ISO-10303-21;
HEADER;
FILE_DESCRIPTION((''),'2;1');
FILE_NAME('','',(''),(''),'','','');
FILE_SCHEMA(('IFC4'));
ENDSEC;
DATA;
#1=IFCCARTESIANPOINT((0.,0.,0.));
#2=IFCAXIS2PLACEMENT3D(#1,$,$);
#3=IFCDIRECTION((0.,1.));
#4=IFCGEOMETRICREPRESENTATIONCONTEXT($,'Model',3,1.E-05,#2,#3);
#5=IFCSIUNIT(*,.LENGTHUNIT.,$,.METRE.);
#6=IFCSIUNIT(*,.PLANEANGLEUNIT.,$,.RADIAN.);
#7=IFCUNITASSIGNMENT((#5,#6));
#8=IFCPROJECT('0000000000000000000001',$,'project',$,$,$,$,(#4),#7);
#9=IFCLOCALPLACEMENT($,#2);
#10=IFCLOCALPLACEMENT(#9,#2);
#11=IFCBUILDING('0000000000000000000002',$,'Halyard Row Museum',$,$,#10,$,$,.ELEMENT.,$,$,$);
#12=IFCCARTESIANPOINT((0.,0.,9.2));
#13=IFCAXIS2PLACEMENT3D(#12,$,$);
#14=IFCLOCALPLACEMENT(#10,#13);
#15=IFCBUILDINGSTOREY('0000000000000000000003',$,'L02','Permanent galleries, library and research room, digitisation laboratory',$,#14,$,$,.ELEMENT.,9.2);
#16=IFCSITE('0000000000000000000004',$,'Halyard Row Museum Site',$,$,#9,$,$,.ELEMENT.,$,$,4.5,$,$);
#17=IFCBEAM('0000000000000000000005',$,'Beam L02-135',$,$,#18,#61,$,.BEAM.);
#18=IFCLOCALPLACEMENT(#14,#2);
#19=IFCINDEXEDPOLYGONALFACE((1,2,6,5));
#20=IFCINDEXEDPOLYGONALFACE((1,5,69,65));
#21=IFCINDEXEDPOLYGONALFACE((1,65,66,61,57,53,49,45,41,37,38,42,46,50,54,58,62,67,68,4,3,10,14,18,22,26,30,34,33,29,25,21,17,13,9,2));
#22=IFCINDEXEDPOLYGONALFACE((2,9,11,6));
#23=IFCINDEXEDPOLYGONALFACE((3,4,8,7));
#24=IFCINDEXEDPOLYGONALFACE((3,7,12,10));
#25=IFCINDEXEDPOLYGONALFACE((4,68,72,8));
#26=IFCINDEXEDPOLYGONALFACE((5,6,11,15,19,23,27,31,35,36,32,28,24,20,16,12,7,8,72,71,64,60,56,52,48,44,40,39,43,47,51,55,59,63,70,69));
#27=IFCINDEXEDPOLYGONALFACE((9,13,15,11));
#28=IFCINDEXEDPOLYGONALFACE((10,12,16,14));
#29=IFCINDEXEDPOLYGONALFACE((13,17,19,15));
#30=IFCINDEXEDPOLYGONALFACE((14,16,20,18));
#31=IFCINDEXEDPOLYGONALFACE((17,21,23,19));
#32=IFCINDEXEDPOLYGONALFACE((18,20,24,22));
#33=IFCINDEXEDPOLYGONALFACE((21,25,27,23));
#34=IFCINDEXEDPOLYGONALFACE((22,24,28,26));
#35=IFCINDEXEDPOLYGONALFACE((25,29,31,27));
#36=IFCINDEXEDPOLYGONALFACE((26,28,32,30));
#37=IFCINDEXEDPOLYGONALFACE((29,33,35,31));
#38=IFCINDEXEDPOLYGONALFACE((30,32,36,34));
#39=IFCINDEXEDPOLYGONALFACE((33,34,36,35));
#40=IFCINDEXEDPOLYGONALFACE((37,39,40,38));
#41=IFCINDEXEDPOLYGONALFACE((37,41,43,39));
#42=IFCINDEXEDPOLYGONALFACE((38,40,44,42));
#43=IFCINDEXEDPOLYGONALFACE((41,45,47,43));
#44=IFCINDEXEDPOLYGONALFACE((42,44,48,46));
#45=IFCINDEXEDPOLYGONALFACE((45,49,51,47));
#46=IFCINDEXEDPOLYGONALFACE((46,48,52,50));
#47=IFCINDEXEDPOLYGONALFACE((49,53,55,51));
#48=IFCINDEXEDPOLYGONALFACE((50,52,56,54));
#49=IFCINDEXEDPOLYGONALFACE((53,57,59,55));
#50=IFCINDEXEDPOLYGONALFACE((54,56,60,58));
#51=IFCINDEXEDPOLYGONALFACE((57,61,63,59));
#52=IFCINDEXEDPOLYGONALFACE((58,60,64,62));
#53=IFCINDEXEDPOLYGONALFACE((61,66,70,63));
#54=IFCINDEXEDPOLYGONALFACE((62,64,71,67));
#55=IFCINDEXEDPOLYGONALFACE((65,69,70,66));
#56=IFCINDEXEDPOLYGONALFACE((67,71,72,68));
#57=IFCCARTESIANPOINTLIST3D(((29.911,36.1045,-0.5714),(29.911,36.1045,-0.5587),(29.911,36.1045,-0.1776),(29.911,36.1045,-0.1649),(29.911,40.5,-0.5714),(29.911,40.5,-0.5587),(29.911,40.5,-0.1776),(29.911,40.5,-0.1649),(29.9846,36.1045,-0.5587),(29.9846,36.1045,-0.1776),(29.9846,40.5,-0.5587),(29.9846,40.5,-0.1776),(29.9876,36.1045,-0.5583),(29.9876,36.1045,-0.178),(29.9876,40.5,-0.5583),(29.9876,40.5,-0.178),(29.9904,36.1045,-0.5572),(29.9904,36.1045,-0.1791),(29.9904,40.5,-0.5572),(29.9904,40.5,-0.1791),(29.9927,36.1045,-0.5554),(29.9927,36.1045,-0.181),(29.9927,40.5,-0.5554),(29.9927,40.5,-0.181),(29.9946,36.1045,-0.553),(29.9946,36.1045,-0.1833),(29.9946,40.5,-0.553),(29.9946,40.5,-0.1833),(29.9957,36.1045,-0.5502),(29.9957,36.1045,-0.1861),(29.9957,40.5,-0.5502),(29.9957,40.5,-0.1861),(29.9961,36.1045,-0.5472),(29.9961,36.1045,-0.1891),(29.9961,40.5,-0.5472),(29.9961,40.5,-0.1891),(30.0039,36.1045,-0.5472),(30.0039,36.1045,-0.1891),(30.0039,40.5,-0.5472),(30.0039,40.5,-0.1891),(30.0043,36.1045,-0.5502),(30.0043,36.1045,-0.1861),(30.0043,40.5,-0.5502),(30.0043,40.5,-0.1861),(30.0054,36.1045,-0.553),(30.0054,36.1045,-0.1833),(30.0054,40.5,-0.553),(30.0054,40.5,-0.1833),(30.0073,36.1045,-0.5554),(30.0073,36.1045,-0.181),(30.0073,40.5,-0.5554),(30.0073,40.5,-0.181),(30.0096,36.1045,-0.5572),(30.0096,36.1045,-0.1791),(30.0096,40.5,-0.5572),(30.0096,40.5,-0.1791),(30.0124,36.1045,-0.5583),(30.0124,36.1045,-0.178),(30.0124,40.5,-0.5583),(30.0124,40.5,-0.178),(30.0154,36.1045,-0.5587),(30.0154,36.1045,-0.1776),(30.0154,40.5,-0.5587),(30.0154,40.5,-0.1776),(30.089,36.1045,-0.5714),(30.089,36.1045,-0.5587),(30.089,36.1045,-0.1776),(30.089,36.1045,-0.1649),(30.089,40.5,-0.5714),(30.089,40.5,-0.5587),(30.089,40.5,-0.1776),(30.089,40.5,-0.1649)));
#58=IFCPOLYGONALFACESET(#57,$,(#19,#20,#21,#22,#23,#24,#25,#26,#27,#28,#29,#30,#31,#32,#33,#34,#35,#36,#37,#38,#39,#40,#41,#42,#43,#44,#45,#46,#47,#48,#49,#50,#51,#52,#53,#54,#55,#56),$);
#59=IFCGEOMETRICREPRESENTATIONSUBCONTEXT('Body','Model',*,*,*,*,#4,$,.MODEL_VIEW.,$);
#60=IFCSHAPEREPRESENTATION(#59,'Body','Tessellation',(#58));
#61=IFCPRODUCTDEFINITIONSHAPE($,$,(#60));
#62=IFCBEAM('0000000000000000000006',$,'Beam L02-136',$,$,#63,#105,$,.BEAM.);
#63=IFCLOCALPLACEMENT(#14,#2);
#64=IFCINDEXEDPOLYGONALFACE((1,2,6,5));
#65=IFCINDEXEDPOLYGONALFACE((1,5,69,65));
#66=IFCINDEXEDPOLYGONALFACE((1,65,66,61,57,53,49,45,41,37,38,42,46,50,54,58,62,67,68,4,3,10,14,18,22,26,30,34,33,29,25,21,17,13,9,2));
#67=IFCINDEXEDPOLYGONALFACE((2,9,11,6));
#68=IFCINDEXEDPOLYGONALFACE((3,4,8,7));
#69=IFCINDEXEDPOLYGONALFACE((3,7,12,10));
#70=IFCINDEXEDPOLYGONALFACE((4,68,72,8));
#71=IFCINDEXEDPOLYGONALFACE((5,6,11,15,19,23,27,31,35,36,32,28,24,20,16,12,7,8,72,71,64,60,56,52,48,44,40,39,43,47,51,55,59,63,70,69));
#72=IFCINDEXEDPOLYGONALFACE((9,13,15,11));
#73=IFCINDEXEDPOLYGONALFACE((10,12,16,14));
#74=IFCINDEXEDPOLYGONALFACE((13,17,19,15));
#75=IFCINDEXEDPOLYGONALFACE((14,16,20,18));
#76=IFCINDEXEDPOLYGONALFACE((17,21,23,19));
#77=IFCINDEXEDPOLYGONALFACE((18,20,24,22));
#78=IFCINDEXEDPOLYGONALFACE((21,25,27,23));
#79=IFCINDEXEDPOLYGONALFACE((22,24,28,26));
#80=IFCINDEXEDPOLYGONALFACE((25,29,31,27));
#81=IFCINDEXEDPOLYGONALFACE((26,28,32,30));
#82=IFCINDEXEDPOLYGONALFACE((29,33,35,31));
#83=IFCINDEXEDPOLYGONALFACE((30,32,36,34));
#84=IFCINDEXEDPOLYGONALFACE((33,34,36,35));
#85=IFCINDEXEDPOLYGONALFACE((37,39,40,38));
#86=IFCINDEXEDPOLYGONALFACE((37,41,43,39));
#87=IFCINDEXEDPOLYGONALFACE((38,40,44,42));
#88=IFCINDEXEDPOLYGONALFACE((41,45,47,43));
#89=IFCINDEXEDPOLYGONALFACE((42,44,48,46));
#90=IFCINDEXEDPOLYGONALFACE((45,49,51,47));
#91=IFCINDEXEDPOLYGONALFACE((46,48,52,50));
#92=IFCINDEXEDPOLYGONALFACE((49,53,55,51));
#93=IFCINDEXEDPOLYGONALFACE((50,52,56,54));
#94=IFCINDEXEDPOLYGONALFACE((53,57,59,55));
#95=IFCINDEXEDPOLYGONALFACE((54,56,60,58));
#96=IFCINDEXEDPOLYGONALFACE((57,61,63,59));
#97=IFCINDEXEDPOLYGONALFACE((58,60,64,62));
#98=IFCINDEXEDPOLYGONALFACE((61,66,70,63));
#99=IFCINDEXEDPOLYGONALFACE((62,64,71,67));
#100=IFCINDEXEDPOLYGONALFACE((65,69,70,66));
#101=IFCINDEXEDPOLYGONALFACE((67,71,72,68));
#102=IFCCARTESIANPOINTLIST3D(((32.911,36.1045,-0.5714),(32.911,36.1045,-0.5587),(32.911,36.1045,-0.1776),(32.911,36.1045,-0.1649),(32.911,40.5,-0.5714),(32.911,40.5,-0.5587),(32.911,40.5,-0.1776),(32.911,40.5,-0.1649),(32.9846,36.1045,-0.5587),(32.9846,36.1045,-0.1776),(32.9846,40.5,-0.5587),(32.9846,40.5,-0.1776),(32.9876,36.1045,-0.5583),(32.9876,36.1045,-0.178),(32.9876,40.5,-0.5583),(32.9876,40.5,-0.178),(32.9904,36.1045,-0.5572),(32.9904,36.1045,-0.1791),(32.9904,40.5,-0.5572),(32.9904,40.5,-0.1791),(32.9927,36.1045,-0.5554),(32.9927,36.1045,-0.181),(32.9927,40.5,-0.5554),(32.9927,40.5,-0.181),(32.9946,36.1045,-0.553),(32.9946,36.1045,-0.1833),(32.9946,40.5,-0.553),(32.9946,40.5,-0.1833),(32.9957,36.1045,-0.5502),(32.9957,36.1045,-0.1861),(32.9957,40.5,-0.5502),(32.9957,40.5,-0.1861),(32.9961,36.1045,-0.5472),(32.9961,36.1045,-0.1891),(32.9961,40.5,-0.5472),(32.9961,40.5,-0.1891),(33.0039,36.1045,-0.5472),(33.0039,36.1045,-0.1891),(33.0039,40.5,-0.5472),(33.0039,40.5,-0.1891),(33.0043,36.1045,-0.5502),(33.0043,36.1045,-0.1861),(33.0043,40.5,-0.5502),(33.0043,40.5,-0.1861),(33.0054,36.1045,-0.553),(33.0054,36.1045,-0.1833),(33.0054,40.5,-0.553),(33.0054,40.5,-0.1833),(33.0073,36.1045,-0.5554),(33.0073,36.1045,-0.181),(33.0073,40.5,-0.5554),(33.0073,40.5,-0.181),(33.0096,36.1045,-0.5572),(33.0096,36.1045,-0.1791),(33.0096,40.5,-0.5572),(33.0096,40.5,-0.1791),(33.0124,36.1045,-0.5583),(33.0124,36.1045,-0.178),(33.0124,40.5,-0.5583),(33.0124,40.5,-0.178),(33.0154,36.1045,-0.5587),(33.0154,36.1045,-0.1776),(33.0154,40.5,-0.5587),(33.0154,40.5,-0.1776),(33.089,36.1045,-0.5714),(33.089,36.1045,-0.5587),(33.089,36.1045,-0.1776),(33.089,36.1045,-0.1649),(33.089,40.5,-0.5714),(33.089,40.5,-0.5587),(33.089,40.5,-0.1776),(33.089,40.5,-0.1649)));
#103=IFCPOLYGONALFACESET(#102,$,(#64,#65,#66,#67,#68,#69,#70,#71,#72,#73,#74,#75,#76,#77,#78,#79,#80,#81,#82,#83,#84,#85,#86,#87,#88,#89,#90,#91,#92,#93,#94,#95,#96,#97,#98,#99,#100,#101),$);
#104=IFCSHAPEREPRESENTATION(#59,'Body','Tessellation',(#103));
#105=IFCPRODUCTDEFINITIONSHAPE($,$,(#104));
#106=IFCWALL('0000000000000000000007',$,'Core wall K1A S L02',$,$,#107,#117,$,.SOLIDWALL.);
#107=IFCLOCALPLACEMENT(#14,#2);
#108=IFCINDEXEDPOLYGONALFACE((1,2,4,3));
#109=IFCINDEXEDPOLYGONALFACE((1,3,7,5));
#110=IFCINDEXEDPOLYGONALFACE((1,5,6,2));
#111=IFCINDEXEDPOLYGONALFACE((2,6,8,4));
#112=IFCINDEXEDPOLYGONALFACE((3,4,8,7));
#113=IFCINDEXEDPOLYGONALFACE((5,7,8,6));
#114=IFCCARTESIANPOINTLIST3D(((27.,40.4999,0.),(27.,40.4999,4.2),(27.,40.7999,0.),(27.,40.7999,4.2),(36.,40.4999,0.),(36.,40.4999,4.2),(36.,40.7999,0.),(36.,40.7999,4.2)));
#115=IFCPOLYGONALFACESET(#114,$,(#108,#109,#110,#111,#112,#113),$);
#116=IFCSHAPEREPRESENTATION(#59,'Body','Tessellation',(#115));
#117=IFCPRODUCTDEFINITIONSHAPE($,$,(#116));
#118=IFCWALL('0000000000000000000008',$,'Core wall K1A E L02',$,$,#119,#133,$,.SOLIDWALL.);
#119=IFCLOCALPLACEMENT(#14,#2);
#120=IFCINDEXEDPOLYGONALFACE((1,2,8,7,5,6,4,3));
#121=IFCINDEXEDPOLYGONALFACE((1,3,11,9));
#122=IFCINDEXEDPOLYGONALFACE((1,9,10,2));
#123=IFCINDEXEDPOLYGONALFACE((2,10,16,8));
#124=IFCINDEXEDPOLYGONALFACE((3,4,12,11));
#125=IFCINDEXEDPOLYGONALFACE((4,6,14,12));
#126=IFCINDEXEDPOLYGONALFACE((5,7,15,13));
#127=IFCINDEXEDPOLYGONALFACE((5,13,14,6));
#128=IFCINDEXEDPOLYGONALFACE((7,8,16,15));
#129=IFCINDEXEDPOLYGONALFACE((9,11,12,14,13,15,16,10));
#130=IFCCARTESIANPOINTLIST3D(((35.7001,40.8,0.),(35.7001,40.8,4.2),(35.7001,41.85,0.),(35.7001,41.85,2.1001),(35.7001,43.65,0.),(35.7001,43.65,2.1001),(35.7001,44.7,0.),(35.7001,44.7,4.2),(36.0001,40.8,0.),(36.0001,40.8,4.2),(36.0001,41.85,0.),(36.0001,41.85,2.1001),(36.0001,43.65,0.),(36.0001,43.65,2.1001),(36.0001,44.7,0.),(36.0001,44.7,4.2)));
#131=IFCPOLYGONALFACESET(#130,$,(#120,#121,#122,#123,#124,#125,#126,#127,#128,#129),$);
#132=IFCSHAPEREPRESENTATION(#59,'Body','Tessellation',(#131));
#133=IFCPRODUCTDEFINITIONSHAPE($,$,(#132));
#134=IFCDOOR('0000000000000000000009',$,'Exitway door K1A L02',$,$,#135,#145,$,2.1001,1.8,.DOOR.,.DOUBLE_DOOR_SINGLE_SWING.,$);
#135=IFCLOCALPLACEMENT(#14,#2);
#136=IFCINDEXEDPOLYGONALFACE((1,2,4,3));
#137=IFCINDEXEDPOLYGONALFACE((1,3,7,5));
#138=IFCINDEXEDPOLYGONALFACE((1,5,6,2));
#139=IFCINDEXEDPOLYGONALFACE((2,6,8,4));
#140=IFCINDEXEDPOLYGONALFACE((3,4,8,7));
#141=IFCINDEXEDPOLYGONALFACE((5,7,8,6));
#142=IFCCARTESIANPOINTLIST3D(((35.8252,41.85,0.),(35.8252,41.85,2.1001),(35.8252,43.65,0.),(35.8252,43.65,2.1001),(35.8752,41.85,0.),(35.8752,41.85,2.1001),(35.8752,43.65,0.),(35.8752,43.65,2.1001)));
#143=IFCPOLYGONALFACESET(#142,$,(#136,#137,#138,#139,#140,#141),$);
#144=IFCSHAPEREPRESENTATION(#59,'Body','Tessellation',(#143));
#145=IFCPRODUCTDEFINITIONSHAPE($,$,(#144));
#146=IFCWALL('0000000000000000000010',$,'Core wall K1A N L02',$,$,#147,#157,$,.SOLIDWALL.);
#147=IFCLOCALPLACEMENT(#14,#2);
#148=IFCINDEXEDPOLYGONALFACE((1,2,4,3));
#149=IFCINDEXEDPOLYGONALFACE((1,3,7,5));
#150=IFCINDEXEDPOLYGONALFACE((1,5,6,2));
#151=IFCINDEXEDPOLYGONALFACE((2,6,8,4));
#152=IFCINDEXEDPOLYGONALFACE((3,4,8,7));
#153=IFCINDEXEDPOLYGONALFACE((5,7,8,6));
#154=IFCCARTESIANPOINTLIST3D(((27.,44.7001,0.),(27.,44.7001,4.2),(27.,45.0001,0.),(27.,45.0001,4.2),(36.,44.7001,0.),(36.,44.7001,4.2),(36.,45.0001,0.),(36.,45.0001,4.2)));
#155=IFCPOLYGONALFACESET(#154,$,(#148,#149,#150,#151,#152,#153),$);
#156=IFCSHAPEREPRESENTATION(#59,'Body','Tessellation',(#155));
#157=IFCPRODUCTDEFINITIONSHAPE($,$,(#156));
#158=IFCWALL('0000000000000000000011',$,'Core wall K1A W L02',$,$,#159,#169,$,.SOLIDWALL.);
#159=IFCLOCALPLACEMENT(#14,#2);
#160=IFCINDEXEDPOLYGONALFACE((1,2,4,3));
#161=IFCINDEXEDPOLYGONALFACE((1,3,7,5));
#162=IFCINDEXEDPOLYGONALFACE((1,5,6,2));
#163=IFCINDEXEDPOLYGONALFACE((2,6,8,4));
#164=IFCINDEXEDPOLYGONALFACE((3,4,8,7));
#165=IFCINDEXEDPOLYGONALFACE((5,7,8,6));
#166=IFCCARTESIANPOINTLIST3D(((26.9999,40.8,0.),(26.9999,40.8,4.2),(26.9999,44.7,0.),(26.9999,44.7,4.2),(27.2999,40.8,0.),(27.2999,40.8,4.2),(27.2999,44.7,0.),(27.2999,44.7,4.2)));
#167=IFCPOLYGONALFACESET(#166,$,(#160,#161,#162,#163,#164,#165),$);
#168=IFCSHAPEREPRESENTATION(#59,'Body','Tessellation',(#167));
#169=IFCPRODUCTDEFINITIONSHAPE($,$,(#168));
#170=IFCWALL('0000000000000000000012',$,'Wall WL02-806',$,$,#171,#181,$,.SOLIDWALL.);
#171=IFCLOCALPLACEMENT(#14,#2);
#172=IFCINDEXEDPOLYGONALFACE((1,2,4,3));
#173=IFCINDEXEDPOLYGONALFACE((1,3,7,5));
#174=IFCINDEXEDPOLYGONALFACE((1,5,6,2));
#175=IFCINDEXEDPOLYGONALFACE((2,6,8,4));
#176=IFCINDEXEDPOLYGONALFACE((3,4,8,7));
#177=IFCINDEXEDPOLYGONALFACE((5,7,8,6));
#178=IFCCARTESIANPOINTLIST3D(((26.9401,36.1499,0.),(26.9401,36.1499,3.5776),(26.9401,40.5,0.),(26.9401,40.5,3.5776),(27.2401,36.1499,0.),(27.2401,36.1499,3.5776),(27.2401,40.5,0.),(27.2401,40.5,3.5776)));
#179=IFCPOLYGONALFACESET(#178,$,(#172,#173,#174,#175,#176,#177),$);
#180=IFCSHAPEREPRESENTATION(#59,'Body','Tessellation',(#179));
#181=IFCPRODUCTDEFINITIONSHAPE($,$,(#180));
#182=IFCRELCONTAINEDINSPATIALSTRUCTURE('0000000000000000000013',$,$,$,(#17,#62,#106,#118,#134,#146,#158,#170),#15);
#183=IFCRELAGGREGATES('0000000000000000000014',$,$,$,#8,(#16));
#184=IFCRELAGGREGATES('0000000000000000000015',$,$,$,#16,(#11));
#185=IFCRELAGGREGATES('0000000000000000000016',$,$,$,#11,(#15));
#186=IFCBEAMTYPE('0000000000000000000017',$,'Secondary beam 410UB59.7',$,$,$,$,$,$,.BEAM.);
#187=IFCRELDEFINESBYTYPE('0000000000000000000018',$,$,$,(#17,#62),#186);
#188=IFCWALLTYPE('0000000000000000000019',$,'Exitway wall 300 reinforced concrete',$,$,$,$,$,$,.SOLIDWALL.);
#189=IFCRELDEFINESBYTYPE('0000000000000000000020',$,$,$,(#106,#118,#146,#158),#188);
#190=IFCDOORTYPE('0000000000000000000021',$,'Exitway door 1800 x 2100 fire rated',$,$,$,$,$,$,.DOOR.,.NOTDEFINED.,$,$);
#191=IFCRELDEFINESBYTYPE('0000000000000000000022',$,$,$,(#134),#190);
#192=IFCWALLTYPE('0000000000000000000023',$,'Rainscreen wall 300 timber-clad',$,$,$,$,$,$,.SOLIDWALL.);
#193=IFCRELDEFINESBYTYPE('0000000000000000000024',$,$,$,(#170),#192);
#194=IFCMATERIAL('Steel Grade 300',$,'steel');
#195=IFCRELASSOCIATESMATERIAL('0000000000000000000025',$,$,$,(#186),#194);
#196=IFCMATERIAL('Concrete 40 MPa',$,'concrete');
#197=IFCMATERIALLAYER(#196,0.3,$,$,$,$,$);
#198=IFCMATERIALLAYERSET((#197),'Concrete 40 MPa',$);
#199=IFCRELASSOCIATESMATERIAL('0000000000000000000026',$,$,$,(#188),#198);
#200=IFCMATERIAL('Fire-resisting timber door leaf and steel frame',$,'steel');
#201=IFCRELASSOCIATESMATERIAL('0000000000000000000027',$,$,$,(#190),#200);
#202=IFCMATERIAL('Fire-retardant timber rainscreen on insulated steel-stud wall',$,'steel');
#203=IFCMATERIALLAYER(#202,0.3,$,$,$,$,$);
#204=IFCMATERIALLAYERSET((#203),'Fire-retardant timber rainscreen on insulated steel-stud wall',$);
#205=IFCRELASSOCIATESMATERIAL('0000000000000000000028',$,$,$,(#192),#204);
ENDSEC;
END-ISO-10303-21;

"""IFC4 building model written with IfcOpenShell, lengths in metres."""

from ifc_helpers import new_model, si_unit, direction, frame, frame_2d, origin, origin_2d, place, context, subcontext, project, spatial, rectangle, i_section, extrude, material, layer, layer_set, material_profile, profile_set, type_object, element, fill, save


model = new_model("IFC4")

# Units and contexts
model_context = context("Model", 3, precision=1e-05, world=origin(), true_north=direction((0.0, 1.0)))
body_context = subcontext(model_context, "Body", "Model", "MODEL_VIEW")
ifc_project = project(units=[si_unit("LENGTHUNIT", "METRE"), si_unit("PLANEANGLEUNIT", "RADIAN")], contexts=[model_context])

# Site, building, storey
site_placement = place(None, origin())
site = spatial("IfcSite", under=ifc_project, at=site_placement, Name="Halyard Row Museum Site", CompositionType="ELEMENT", RefElevation=4.5)
building_placement = place(site_placement, origin())
building = spatial("IfcBuilding", under=site, at=building_placement, Name="Halyard Row Museum", CompositionType="ELEMENT")
storey_placement = place(building_placement, frame((0.0, 0.0, 9.2)))
storey = spatial("IfcBuildingStorey", under=building, at=storey_placement, Name="L02", Description="Permanent galleries, library and research room, digitisation laboratory", CompositionType="ELEMENT", Elevation=9.2)

# Beams
ifc_material_1 = material(Name="Steel Grade 300", Category="steel")
ifc_material_profile_1 = material_profile(ifc_material_1, i_section(OverallWidth=0.178, OverallDepth=0.4065, WebThickness=0.0078, FlangeThickness=0.0127, FilletRadius=0.0115, at=origin_2d()), Name="410UB59.7")
ifc_profile_set_1 = profile_set([ifc_material_profile_1], Name="Steel Grade 300")
beam_type_1 = type_object("IfcBeamType", Name="Secondary beam 410UB59.7", PredefinedType="BEAM", material=ifc_profile_set_1)
for number, where, z_axis, x_axis, name in (
    (1, (30.0, 36.1045, -0.3682), (0.0, 1.0, 0.0), (-1.0, 0.0, 0.0), "Beam L02-135"),
    (2, (33.0, 36.1045, -0.3682), (0.0, 1.0, 0.0), (-1.0, 0.0, 0.0), "Beam L02-136"),
):
    element("IfcBeam", number, at=place(storey_placement, frame(where, z_axis=z_axis, x_axis=x_axis)), inside=storey, type_object=beam_type_1, Name=name, PredefinedType="BEAM", context=body_context, shape_type="SweptSolid", body=[
        extrude(i_section(OverallWidth=0.178, OverallDepth=0.4065, WebThickness=0.0078, FlangeThickness=0.0127, FilletRadius=0.0115, at=origin_2d()), origin(), (0.0, 0.0, 1.0), 4.3955),
    ])

# Wall
ifc_material_2 = material(Name="Concrete 40 MPa", Category="concrete")
ifc_layer_1 = layer(ifc_material_2, 0.3)
ifc_layer_set_1 = layer_set([ifc_layer_1], Name="Concrete 40 MPa")
wall_type_1 = type_object("IfcWallType", Name="Exitway wall 300 reinforced concrete", PredefinedType="SOLIDWALL", material=ifc_layer_set_1)
wall_1_placement = place(storey_placement, frame((27.0, 40.6499, 0.0), z_axis=(0.0, 0.0, 1.0), x_axis=(1.0, 0.0, 0.0)))
element("IfcWall", 3, at=wall_1_placement, inside=storey, type_object=wall_type_1, Name="Core wall K1A S L02", PredefinedType="SOLIDWALL", context=body_context, shape_type="SweptSolid", body=[
    extrude(rectangle(XDim=9.0, YDim=0.3, at=frame_2d((4.5, 0.0))), origin(), (0.0, 0.0, 1.0), 4.2),
])

# Wall, opening, door
wall_2_placement = place(storey_placement, frame((35.8501, 40.8, 0.0), z_axis=(0.0, 0.0, 1.0), x_axis=(0.0, 1.0, 0.0)))
wall_2 = element("IfcWall", 4, at=wall_2_placement, inside=storey, type_object=wall_type_1, Name="Core wall K1A E L02", PredefinedType="SOLIDWALL", context=body_context, shape_type="SweptSolid", body=[
    extrude(rectangle(XDim=3.8999, YDim=0.3, at=frame_2d((1.95, 0.0))), origin(), (0.0, 0.0, 1.0), 4.2),
])
opening_1_placement = place(wall_2_placement, frame((1.05, 0.0, 0.0)))
opening_1 = element("IfcOpeningElement", 5, at=opening_1_placement, cuts=wall_2, PredefinedType="OPENING", context=body_context, shape_type="SweptSolid", body=[
    extrude(rectangle(XDim=1.8, YDim=2.1001, at=frame_2d((0.8999, 1.05))), frame((0.0, 0.1599, 0.0), z_axis=(0.0, -1.0, 0.0), x_axis=(1.0, 0.0, 0.0)), (0.0, 0.0, 1.0), 0.3201),
])
ifc_material_3 = material(Name="Fire-resisting timber door leaf and steel frame", Category="steel")
door_type_1 = type_object("IfcDoorType", Name="Exitway door 1800 x 2100 fire rated", OperationType="NOTDEFINED", PredefinedType="DOOR", material=ifc_material_3)
door_1_placement = place(opening_1_placement, origin())
door_1 = element("IfcDoor", 6, at=door_1_placement, inside=storey, type_object=door_type_1, Name="Exitway door K1A L02", OperationType="DOUBLE_DOOR_SINGLE_SWING", OverallHeight=2.1001, OverallWidth=1.8, PredefinedType="DOOR", context=body_context, shape_type="SweptSolid", body=[
    extrude(rectangle(XDim=1.8, YDim=2.1001, at=frame_2d((0.8999, 1.05))), frame((0.0, 0.0249, 0.0), z_axis=(0.0, -1.0, 0.0), x_axis=(1.0, 0.0, 0.0)), (0.0, 0.0, 1.0), 0.05),
])
fill(opening_1, door_1)

# Walls
wall_3_placement = place(storey_placement, frame((27.0, 44.8501, 0.0), z_axis=(0.0, 0.0, 1.0), x_axis=(1.0, 0.0, 0.0)))
element("IfcWall", 7, at=wall_3_placement, inside=storey, type_object=wall_type_1, Name="Core wall K1A N L02", PredefinedType="SOLIDWALL", context=body_context, shape_type="SweptSolid", body=[
    extrude(rectangle(XDim=9.0, YDim=0.3, at=frame_2d((4.5, 0.0))), origin(), (0.0, 0.0, 1.0), 4.2),
])
wall_4_placement = place(storey_placement, frame((27.1499, 40.8, 0.0), z_axis=(0.0, 0.0, 1.0), x_axis=(0.0, 1.0, 0.0)))
element("IfcWall", 8, at=wall_4_placement, inside=storey, type_object=wall_type_1, Name="Core wall K1A W L02", PredefinedType="SOLIDWALL", context=body_context, shape_type="SweptSolid", body=[
    extrude(rectangle(XDim=3.8999, YDim=0.3, at=frame_2d((1.95, 0.0))), origin(), (0.0, 0.0, 1.0), 4.2),
])

# Wall
ifc_material_4 = material(Name="Fire-retardant timber rainscreen on insulated steel-stud wall", Category="steel")
ifc_layer_2 = layer(ifc_material_4, 0.3)
ifc_layer_set_2 = layer_set([ifc_layer_2], Name="Fire-retardant timber rainscreen on insulated steel-stud wall")
wall_type_2 = type_object("IfcWallType", Name="Rainscreen wall 300 timber-clad", PredefinedType="SOLIDWALL", material=ifc_layer_set_2)
wall_5_placement = place(storey_placement, frame((27.0901, 36.1499, 0.0), z_axis=(0.0, 0.0, 1.0), x_axis=(0.0, 1.0, 0.0)))
element("IfcWall", 9, at=wall_5_placement, inside=storey, type_object=wall_type_2, Name="Wall WL02-806", PredefinedType="SOLIDWALL", context=body_context, shape_type="SweptSolid", body=[
    extrude(rectangle(XDim=4.3501, YDim=0.3, at=frame_2d((2.175, 0.0))), origin(), (0.0, 0.0, 1.0), 3.5776),
])

save(model, "model.ifc")
